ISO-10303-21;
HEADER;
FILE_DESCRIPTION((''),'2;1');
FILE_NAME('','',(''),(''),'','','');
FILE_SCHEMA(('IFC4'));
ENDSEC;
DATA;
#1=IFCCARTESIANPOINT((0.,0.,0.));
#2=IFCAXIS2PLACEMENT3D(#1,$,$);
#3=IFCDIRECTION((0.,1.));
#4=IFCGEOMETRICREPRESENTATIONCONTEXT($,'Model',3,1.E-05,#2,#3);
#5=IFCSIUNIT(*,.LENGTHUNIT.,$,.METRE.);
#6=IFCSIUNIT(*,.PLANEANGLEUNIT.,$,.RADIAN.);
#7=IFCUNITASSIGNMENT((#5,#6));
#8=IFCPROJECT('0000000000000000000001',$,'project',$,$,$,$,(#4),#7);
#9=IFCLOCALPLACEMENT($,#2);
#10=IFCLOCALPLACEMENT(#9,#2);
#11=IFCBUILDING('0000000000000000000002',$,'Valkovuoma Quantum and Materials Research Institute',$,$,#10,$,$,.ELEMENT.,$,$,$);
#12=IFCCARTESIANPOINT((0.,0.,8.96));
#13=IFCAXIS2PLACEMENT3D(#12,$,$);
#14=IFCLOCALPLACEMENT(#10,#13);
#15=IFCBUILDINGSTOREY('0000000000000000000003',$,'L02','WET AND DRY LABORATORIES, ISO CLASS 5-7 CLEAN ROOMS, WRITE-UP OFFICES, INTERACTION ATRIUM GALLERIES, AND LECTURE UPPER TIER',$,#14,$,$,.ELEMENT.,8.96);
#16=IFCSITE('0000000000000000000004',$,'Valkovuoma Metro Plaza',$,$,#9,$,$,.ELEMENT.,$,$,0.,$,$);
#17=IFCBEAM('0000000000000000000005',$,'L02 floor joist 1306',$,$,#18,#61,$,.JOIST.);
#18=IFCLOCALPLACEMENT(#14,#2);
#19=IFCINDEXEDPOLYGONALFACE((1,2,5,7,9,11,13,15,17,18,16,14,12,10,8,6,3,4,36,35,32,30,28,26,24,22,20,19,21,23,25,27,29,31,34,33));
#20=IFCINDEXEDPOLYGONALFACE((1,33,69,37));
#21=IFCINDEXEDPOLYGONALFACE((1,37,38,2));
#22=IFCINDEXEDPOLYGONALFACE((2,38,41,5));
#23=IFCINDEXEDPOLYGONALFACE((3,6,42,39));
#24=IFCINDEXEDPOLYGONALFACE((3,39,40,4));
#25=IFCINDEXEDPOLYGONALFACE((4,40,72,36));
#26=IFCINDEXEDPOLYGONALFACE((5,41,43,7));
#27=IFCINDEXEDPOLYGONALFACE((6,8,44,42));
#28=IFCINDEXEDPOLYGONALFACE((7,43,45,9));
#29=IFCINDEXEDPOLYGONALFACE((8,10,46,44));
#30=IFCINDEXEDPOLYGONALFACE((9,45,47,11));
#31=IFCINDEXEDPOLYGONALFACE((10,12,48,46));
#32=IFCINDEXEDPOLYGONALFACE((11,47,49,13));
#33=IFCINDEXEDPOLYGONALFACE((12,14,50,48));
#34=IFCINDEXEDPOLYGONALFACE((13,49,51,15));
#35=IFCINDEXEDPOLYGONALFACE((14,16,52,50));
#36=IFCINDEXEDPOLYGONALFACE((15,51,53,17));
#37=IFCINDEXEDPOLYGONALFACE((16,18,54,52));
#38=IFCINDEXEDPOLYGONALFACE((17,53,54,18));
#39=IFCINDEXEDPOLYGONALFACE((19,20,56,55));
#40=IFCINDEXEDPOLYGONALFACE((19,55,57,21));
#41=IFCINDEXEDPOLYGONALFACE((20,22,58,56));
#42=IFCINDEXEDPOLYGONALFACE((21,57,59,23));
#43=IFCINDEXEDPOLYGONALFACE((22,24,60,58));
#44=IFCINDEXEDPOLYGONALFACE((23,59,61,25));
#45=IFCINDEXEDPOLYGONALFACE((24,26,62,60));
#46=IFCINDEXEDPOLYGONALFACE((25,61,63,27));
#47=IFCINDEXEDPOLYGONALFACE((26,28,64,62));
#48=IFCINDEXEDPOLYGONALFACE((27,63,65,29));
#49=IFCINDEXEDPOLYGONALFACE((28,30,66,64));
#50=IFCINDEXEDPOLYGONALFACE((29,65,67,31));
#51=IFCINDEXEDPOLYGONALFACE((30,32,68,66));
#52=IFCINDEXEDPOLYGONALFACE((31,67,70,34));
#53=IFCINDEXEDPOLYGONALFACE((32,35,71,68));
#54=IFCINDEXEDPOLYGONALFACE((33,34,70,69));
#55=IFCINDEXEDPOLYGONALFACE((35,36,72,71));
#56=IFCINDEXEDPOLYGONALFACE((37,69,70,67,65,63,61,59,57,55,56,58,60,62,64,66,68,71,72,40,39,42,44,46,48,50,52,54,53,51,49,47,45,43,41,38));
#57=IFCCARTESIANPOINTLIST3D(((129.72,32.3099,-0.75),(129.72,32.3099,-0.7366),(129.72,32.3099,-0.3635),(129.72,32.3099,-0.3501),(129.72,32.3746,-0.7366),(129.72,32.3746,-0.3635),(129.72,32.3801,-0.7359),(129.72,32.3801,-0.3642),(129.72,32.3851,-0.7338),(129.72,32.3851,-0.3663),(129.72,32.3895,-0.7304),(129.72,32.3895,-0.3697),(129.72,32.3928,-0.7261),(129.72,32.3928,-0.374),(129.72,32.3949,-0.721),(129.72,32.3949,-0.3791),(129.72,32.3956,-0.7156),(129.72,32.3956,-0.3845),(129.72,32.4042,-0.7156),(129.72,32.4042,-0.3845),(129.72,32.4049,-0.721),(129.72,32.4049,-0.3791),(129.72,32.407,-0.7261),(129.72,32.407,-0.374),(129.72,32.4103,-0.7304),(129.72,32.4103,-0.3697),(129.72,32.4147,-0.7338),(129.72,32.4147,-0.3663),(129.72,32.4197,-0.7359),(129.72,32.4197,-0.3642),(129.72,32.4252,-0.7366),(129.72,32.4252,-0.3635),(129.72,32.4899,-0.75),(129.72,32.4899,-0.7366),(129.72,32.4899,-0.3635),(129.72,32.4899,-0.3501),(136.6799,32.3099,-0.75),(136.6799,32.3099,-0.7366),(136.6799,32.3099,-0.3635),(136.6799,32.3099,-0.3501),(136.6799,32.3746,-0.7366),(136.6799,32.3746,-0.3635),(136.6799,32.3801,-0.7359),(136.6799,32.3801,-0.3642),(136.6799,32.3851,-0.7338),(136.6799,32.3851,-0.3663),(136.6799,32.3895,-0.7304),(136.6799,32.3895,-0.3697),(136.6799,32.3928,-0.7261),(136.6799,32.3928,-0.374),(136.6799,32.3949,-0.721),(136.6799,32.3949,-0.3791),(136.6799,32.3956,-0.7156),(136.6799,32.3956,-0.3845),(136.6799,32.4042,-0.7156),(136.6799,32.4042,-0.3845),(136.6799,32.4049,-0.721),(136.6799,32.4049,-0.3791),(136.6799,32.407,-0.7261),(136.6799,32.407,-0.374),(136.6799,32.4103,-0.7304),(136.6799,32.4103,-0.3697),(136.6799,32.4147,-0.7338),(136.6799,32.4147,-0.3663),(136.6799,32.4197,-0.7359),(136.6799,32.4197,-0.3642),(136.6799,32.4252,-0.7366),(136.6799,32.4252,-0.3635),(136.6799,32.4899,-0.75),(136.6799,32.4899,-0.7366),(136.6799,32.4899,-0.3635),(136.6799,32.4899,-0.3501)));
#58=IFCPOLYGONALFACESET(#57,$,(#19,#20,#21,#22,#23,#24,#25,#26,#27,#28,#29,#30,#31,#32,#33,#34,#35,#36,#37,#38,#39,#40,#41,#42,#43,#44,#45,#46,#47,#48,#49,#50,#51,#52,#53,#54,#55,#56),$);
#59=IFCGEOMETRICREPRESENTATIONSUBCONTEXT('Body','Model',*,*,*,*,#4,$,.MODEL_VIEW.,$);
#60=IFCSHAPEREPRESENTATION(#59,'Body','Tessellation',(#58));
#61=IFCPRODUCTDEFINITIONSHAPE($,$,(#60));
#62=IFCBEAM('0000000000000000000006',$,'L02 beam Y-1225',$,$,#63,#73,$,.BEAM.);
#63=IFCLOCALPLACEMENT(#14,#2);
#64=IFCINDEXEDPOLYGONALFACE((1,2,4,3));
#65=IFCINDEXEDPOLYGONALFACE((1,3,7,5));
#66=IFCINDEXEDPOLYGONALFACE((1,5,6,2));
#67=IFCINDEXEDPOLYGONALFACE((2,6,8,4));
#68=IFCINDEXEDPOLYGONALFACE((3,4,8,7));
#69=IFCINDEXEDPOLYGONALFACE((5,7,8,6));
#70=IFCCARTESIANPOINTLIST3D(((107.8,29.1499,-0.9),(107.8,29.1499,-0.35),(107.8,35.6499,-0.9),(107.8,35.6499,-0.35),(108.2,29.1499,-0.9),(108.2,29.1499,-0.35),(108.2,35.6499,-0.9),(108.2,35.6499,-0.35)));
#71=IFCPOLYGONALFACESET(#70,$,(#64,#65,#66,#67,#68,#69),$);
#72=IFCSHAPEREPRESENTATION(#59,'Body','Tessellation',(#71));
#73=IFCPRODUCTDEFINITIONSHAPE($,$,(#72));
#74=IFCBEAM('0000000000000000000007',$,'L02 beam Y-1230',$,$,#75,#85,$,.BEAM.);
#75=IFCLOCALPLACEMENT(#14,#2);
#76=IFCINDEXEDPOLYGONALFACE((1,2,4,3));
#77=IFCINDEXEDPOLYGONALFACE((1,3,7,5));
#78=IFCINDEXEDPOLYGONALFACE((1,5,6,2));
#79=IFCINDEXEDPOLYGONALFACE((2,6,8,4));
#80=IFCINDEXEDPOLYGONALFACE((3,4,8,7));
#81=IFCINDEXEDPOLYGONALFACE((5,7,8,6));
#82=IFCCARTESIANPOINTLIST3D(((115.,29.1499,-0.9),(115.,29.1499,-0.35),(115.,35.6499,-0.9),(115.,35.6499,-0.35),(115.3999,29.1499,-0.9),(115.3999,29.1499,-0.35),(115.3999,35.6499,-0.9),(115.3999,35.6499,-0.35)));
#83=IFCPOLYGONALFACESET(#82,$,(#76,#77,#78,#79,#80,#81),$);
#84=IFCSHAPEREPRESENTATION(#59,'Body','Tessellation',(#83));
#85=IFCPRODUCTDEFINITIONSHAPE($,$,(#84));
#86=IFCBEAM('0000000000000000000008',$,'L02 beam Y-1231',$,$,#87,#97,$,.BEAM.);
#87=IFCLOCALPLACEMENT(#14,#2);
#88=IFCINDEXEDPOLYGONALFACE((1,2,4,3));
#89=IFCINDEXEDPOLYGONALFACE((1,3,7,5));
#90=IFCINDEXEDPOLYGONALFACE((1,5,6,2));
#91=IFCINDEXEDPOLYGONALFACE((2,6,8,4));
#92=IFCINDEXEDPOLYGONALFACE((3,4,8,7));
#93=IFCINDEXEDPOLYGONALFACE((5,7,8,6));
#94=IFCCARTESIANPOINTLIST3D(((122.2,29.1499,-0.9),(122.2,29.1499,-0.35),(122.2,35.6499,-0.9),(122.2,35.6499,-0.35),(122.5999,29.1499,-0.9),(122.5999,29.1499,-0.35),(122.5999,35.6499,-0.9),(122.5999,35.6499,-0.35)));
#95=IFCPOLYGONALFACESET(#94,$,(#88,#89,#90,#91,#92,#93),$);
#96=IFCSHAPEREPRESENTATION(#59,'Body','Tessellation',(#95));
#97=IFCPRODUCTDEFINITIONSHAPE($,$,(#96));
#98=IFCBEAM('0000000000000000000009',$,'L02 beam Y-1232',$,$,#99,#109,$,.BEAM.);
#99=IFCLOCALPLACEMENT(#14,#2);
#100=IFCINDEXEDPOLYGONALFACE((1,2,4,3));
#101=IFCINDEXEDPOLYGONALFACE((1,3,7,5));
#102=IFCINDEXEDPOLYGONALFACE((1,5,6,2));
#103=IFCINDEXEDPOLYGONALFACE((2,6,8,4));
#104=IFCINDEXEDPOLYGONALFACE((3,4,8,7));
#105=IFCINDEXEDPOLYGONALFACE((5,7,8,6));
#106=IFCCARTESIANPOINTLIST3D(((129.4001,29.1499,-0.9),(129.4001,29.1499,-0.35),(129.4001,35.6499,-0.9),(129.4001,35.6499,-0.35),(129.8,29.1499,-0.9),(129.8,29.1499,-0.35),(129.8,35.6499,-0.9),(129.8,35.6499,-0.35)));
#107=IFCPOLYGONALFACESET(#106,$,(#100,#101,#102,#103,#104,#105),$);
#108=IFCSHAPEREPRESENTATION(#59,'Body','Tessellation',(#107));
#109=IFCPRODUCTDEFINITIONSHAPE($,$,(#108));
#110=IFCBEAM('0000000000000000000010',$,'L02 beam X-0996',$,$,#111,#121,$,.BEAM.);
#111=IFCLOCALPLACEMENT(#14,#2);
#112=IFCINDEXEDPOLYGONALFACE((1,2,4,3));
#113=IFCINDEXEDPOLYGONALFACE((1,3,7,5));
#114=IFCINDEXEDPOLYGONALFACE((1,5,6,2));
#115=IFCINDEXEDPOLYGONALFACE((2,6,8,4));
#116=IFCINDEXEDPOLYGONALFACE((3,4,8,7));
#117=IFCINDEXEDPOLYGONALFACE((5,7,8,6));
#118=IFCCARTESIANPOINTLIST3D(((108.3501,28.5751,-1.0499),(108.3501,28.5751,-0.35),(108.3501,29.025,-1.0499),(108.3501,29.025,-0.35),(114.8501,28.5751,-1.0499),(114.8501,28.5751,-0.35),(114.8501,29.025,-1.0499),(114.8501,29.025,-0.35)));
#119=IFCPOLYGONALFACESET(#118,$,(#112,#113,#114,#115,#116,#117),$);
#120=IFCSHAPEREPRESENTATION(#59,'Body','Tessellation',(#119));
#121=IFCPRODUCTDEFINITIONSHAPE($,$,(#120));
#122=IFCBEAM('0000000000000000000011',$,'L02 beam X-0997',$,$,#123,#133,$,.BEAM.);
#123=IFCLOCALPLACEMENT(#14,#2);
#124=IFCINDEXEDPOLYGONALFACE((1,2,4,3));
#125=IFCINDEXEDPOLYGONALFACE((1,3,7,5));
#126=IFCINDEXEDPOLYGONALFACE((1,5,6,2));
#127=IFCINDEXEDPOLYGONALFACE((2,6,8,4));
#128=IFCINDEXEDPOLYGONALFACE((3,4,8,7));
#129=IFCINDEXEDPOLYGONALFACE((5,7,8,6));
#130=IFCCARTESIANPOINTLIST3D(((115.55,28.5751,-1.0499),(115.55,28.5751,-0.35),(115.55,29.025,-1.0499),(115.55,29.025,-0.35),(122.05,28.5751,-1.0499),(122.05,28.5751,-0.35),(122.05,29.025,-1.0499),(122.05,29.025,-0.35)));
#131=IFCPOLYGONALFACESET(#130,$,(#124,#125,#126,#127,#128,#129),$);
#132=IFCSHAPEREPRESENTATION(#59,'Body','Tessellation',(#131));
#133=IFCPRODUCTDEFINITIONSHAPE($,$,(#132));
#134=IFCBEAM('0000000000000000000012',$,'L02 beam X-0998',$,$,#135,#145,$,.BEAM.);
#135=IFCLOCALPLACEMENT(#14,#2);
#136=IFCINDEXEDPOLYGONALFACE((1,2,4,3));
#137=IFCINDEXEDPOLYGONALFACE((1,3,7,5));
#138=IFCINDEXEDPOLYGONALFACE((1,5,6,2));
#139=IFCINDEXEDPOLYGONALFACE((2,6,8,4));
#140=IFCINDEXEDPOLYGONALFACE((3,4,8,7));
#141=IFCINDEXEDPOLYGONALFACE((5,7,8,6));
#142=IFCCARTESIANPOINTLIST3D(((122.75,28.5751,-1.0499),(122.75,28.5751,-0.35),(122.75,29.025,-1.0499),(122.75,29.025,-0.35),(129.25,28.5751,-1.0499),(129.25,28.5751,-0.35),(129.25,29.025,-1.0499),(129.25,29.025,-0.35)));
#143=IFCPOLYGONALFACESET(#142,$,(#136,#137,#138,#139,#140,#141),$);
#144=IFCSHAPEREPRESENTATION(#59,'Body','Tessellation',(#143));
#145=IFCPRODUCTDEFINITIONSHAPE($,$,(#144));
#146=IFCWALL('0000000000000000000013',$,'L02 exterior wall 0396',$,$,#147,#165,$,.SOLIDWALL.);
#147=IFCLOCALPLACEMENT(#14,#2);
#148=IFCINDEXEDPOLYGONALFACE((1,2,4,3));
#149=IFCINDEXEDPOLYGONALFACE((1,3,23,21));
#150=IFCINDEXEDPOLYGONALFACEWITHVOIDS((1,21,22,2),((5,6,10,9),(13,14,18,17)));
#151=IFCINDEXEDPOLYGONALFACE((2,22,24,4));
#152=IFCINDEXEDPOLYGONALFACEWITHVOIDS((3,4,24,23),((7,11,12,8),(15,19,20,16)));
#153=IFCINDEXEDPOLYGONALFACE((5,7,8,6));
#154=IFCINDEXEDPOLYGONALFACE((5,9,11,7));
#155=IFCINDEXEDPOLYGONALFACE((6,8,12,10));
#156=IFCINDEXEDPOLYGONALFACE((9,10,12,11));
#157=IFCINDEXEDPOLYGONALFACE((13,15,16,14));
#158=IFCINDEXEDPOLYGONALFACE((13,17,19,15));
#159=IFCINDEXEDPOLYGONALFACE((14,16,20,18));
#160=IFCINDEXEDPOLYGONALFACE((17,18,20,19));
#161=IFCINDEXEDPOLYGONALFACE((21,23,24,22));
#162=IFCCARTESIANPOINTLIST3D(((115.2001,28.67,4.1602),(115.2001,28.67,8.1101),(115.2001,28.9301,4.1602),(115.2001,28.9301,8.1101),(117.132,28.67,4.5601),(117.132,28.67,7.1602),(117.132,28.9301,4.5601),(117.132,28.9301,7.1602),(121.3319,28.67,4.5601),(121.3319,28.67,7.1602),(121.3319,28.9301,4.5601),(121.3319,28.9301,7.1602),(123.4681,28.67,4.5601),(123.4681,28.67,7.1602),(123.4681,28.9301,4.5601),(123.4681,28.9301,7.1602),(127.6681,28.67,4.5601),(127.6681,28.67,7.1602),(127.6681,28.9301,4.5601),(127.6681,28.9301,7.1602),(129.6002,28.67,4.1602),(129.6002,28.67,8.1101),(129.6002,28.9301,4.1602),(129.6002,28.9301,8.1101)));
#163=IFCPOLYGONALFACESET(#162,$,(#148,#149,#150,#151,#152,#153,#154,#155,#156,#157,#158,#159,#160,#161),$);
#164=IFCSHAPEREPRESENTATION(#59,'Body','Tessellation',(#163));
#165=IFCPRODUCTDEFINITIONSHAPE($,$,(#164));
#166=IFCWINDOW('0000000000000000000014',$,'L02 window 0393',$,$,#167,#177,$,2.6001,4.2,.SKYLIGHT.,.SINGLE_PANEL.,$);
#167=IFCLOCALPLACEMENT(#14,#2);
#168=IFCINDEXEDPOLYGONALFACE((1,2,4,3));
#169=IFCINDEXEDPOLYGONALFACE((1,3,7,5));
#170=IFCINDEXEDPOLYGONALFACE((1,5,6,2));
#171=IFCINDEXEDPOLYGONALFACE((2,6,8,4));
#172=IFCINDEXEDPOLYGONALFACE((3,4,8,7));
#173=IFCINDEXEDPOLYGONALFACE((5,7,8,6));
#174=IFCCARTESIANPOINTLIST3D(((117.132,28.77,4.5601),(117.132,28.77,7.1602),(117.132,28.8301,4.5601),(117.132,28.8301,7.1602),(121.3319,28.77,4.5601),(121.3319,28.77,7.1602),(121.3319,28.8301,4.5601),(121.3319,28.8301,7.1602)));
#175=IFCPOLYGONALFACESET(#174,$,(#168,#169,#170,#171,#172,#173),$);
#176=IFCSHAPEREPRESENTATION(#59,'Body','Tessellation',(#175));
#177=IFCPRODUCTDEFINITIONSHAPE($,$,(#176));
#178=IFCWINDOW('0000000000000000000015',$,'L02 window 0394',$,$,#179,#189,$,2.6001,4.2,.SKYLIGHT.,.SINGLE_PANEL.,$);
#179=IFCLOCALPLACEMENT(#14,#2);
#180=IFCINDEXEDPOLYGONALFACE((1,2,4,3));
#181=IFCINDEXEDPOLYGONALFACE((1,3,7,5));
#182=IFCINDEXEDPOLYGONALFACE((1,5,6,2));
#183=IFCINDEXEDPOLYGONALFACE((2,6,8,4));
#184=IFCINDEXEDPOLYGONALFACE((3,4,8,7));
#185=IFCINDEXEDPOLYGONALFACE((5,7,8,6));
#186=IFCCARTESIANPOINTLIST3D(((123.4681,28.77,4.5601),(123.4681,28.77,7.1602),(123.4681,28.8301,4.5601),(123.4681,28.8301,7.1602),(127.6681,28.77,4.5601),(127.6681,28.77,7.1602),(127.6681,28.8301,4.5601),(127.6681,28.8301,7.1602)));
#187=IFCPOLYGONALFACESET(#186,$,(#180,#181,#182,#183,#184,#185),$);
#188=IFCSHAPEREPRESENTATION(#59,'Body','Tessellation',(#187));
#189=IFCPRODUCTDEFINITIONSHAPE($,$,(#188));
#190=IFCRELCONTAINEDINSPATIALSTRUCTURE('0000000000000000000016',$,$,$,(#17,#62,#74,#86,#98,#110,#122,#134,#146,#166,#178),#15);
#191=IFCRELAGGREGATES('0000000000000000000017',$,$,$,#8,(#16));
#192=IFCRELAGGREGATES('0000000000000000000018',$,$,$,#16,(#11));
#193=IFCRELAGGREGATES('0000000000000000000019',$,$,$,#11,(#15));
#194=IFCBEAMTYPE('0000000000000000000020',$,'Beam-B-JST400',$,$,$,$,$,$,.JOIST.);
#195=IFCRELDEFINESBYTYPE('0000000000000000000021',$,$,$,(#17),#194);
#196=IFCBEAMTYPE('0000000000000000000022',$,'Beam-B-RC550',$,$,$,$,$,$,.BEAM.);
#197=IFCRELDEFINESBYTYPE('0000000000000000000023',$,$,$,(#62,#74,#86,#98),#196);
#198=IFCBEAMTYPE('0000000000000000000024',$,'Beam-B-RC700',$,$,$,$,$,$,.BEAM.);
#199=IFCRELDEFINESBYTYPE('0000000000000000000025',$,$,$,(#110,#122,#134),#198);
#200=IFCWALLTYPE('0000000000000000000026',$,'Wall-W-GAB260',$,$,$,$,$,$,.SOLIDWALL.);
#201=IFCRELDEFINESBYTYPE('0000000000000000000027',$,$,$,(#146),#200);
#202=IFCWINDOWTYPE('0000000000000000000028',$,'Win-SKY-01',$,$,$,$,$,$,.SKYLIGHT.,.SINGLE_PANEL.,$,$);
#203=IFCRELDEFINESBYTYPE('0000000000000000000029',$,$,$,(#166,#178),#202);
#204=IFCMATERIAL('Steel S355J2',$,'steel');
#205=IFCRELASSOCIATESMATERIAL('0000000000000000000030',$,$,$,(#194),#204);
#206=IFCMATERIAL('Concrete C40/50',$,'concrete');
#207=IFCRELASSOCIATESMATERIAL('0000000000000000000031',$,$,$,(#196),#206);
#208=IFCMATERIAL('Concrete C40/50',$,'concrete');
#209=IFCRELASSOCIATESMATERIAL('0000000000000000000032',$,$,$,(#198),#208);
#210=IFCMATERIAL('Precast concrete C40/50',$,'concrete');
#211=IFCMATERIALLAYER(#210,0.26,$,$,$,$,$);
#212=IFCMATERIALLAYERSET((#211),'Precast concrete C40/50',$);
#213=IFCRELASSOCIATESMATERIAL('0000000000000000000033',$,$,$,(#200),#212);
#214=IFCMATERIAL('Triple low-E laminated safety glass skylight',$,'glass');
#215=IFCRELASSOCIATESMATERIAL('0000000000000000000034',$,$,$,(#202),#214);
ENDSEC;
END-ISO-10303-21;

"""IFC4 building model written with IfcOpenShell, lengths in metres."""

from ifc_helpers import new_model, si_unit, direction, frame, frame_2d, origin, origin_2d, place, context, subcontext, project, spatial, rectangle, i_section, extrude, material, layer, layer_set, material_profile, profile_set, type_object, element, fill, save


model = new_model("IFC4")

# Units and contexts
model_context = context("Model", 3, precision=1e-05, world=origin(), true_north=direction((0.0, 1.0)))
body_context = subcontext(model_context, "Body", "Model", "MODEL_VIEW")
ifc_project = project(units=[si_unit("LENGTHUNIT", "METRE"), si_unit("PLANEANGLEUNIT", "RADIAN")], contexts=[model_context])

# Site, building, storey
site_placement = place(None, origin())
site = spatial("IfcSite", under=ifc_project, at=site_placement, Name="Valkovuoma Metro Plaza", CompositionType="ELEMENT", RefElevation=0.0)
building_placement = place(site_placement, origin())
building = spatial("IfcBuilding", under=site, at=building_placement, Name="Valkovuoma Quantum and Materials Research Institute", CompositionType="ELEMENT")
storey_placement = place(building_placement, frame((0.0, 0.0, 8.96)))
storey = spatial("IfcBuildingStorey", under=building, at=storey_placement, Name="L02", Description="WET AND DRY LABORATORIES, ISO CLASS 5-7 CLEAN ROOMS, WRITE-UP OFFICES, INTERACTION ATRIUM GALLERIES, AND LECTURE UPPER TIER", CompositionType="ELEMENT", Elevation=8.96)

# Beams
ifc_material_1 = material(Name="Steel S355J2", Category="steel")
ifc_material_profile_1 = material_profile(ifc_material_1, i_section(OverallWidth=0.1799, OverallDepth=0.3999, WebThickness=0.0085, FlangeThickness=0.0134, FilletRadius=0.021, at=origin_2d()), Name="Steel S355J2")
ifc_profile_set_1 = profile_set([ifc_material_profile_1], Name="Steel S355J2")
beam_type_1 = type_object("IfcBeamType", Name="Beam-B-JST400", PredefinedType="JOIST", material=ifc_profile_set_1)
for number, where, z_axis, x_axis, name in (
    (1, (129.72, 32.3999, -0.55), (1.0, 0.0, 0.0), (0.0, 1.0, 0.0), "L02 floor joist 1306"),
):
    element("IfcBeam", number, at=place(storey_placement, frame(where, z_axis=z_axis, x_axis=x_axis)), inside=storey, type_object=beam_type_1, Name=name, PredefinedType="JOIST", context=body_context, shape_type="SweptSolid", body=[
        extrude(i_section(OverallWidth=0.1799, OverallDepth=0.3999, WebThickness=0.0085, FlangeThickness=0.0134, FilletRadius=0.021, at=origin_2d()), origin(), (0.0, 0.0, 1.0), 6.96),
    ])
ifc_material_2 = material(Name="Concrete C40/50", Category="concrete")
ifc_material_profile_2 = material_profile(ifc_material_2, rectangle(XDim=0.3999, YDim=0.55, at=origin_2d()), Name="Concrete C40/50")
ifc_profile_set_2 = profile_set([ifc_material_profile_2], Name="Concrete C40/50")
beam_type_2 = type_object("IfcBeamType", Name="Beam-B-RC550", PredefinedType="BEAM", material=ifc_profile_set_2)
for number, where, z_axis, x_axis, name in (
    (2, (108.0, 29.1499, -0.625), (0.0, 1.0, 0.0), (-1.0, 0.0, 0.0), "L02 beam Y-1225"),
    (3, (115.2, 29.1499, -0.625), (0.0, 1.0, 0.0), (-1.0, 0.0, 0.0), "L02 beam Y-1230"),
    (4, (122.3999, 29.1499, -0.625), (0.0, 1.0, 0.0), (-1.0, 0.0, 0.0), "L02 beam Y-1231"),
    (5, (129.6001, 29.1499, -0.625), (0.0, 1.0, 0.0), (-1.0, 0.0, 0.0), "L02 beam Y-1232"),
):
    element("IfcBeam", number, at=place(storey_placement, frame(where, z_axis=z_axis, x_axis=x_axis)), inside=storey, type_object=beam_type_2, Name=name, PredefinedType="BEAM", context=body_context, shape_type="SweptSolid", body=[
        extrude(rectangle(XDim=0.3999, YDim=0.55, at=origin_2d()), origin(), (0.0, 0.0, 1.0), 6.5),
    ])
ifc_material_3 = material(Name="Concrete C40/50", Category="concrete")
ifc_material_profile_3 = material_profile(ifc_material_3, rectangle(XDim=0.45, YDim=0.7, at=origin_2d()), Name="Concrete C40/50")
ifc_profile_set_3 = profile_set([ifc_material_profile_3], Name="Concrete C40/50")
beam_type_3 = type_object("IfcBeamType", Name="Beam-B-RC700", PredefinedType="BEAM", material=ifc_profile_set_3)
for number, where, z_axis, x_axis, name in (
    (6, (108.3501, 28.8, -0.7), (1.0, 0.0, 0.0), (0.0, 1.0, 0.0), "L02 beam X-0996"),
    (7, (115.55, 28.8, -0.7), (1.0, 0.0, 0.0), (0.0, 1.0, 0.0), "L02 beam X-0997"),
    (8, (122.75, 28.8, -0.7), (1.0, 0.0, 0.0), (0.0, 1.0, 0.0), "L02 beam X-0998"),
):
    element("IfcBeam", number, at=place(storey_placement, frame(where, z_axis=z_axis, x_axis=x_axis)), inside=storey, type_object=beam_type_3, Name=name, PredefinedType="BEAM", context=body_context, shape_type="SweptSolid", body=[
        extrude(rectangle(XDim=0.45, YDim=0.7, at=origin_2d()), origin(), (0.0, 0.0, 1.0), 6.5),
    ])

# Wall, openings, windows
ifc_material_4 = material(Name="Precast concrete C40/50", Category="concrete")
ifc_layer_1 = layer(ifc_material_4, 0.26)
ifc_layer_set_1 = layer_set([ifc_layer_1], Name="Precast concrete C40/50")
wall_type_1 = type_object("IfcWallType", Name="Wall-W-GAB260", PredefinedType="SOLIDWALL", material=ifc_layer_set_1)
wall_1_placement = place(storey_placement, frame((115.2, 28.8, 4.1602), z_axis=(0.0, 0.0, 1.0), x_axis=(1.0, 0.0, 0.0)))
wall_1 = element("IfcWall", 9, at=wall_1_placement, inside=storey, type_object=wall_type_1, Name="L02 exterior wall 0396", PredefinedType="SOLIDWALL", context=body_context, shape_type="SweptSolid", body=[
    extrude(rectangle(XDim=14.4001, YDim=0.26, at=frame_2d((7.2002, 0.0))), origin(), (0.0, 0.0, 1.0), 3.95),
])
opening_1_placement = place(wall_1_placement, frame((1.9319, 0.0, 0.3999)))
opening_1 = element("IfcOpeningElement", 10, at=opening_1_placement, cuts=wall_1, PredefinedType="OPENING", context=body_context, shape_type="SweptSolid", body=[
    extrude(rectangle(XDim=4.2, YDim=2.6001, at=frame_2d((2.1001, 1.3))), frame((0.0, 0.1401, 0.0), z_axis=(0.0, -1.0, 0.0), x_axis=(1.0, 0.0, 0.0)), (0.0, 0.0, 1.0), 0.28),
])
opening_2_placement = place(wall_1_placement, frame((8.2681, 0.0, 0.3999)))
opening_2 = element("IfcOpeningElement", 11, at=opening_2_placement, cuts=wall_1, PredefinedType="OPENING", context=body_context, shape_type="SweptSolid", body=[
    extrude(rectangle(XDim=4.2, YDim=2.6001, at=frame_2d((2.1001, 1.3))), frame((0.0, 0.1401, 0.0), z_axis=(0.0, -1.0, 0.0), x_axis=(1.0, 0.0, 0.0)), (0.0, 0.0, 1.0), 0.28),
])
ifc_material_5 = material(Name="Triple low-E laminated safety glass skylight", Category="glass")
window_type_1 = type_object("IfcWindowType", Name="Win-SKY-01", PartitioningType="SINGLE_PANEL", PredefinedType="SKYLIGHT", material=ifc_material_5)
window_1_placement = place(opening_1_placement, origin())
window_1 = element("IfcWindow", 12, at=window_1_placement, inside=storey, type_object=window_type_1, Name="L02 window 0393", OverallHeight=2.6001, OverallWidth=4.2, PartitioningType="SINGLE_PANEL", PredefinedType="SKYLIGHT", context=body_context, shape_type="SweptSolid", body=[
    extrude(rectangle(XDim=4.2, YDim=2.6001, at=frame_2d((2.1001, 1.3))), frame((0.0, 0.03, 0.0), z_axis=(0.0, -1.0, 0.0), x_axis=(1.0, 0.0, 0.0)), (0.0, 0.0, 1.0), 0.0601),
])
fill(opening_1, window_1)
window_2_placement = place(opening_2_placement, origin())
window_2 = element("IfcWindow", 13, at=window_2_placement, inside=storey, type_object=window_type_1, Name="L02 window 0394", OverallHeight=2.6001, OverallWidth=4.2, PartitioningType="SINGLE_PANEL", PredefinedType="SKYLIGHT", context=body_context, shape_type="SweptSolid", body=[
    extrude(rectangle(XDim=4.2, YDim=2.6001, at=frame_2d((2.1001, 1.3))), frame((0.0, 0.03, 0.0), z_axis=(0.0, -1.0, 0.0), x_axis=(1.0, 0.0, 0.0)), (0.0, 0.0, 1.0), 0.0601),
])
fill(opening_2, window_2)

save(model, "model.ifc")
